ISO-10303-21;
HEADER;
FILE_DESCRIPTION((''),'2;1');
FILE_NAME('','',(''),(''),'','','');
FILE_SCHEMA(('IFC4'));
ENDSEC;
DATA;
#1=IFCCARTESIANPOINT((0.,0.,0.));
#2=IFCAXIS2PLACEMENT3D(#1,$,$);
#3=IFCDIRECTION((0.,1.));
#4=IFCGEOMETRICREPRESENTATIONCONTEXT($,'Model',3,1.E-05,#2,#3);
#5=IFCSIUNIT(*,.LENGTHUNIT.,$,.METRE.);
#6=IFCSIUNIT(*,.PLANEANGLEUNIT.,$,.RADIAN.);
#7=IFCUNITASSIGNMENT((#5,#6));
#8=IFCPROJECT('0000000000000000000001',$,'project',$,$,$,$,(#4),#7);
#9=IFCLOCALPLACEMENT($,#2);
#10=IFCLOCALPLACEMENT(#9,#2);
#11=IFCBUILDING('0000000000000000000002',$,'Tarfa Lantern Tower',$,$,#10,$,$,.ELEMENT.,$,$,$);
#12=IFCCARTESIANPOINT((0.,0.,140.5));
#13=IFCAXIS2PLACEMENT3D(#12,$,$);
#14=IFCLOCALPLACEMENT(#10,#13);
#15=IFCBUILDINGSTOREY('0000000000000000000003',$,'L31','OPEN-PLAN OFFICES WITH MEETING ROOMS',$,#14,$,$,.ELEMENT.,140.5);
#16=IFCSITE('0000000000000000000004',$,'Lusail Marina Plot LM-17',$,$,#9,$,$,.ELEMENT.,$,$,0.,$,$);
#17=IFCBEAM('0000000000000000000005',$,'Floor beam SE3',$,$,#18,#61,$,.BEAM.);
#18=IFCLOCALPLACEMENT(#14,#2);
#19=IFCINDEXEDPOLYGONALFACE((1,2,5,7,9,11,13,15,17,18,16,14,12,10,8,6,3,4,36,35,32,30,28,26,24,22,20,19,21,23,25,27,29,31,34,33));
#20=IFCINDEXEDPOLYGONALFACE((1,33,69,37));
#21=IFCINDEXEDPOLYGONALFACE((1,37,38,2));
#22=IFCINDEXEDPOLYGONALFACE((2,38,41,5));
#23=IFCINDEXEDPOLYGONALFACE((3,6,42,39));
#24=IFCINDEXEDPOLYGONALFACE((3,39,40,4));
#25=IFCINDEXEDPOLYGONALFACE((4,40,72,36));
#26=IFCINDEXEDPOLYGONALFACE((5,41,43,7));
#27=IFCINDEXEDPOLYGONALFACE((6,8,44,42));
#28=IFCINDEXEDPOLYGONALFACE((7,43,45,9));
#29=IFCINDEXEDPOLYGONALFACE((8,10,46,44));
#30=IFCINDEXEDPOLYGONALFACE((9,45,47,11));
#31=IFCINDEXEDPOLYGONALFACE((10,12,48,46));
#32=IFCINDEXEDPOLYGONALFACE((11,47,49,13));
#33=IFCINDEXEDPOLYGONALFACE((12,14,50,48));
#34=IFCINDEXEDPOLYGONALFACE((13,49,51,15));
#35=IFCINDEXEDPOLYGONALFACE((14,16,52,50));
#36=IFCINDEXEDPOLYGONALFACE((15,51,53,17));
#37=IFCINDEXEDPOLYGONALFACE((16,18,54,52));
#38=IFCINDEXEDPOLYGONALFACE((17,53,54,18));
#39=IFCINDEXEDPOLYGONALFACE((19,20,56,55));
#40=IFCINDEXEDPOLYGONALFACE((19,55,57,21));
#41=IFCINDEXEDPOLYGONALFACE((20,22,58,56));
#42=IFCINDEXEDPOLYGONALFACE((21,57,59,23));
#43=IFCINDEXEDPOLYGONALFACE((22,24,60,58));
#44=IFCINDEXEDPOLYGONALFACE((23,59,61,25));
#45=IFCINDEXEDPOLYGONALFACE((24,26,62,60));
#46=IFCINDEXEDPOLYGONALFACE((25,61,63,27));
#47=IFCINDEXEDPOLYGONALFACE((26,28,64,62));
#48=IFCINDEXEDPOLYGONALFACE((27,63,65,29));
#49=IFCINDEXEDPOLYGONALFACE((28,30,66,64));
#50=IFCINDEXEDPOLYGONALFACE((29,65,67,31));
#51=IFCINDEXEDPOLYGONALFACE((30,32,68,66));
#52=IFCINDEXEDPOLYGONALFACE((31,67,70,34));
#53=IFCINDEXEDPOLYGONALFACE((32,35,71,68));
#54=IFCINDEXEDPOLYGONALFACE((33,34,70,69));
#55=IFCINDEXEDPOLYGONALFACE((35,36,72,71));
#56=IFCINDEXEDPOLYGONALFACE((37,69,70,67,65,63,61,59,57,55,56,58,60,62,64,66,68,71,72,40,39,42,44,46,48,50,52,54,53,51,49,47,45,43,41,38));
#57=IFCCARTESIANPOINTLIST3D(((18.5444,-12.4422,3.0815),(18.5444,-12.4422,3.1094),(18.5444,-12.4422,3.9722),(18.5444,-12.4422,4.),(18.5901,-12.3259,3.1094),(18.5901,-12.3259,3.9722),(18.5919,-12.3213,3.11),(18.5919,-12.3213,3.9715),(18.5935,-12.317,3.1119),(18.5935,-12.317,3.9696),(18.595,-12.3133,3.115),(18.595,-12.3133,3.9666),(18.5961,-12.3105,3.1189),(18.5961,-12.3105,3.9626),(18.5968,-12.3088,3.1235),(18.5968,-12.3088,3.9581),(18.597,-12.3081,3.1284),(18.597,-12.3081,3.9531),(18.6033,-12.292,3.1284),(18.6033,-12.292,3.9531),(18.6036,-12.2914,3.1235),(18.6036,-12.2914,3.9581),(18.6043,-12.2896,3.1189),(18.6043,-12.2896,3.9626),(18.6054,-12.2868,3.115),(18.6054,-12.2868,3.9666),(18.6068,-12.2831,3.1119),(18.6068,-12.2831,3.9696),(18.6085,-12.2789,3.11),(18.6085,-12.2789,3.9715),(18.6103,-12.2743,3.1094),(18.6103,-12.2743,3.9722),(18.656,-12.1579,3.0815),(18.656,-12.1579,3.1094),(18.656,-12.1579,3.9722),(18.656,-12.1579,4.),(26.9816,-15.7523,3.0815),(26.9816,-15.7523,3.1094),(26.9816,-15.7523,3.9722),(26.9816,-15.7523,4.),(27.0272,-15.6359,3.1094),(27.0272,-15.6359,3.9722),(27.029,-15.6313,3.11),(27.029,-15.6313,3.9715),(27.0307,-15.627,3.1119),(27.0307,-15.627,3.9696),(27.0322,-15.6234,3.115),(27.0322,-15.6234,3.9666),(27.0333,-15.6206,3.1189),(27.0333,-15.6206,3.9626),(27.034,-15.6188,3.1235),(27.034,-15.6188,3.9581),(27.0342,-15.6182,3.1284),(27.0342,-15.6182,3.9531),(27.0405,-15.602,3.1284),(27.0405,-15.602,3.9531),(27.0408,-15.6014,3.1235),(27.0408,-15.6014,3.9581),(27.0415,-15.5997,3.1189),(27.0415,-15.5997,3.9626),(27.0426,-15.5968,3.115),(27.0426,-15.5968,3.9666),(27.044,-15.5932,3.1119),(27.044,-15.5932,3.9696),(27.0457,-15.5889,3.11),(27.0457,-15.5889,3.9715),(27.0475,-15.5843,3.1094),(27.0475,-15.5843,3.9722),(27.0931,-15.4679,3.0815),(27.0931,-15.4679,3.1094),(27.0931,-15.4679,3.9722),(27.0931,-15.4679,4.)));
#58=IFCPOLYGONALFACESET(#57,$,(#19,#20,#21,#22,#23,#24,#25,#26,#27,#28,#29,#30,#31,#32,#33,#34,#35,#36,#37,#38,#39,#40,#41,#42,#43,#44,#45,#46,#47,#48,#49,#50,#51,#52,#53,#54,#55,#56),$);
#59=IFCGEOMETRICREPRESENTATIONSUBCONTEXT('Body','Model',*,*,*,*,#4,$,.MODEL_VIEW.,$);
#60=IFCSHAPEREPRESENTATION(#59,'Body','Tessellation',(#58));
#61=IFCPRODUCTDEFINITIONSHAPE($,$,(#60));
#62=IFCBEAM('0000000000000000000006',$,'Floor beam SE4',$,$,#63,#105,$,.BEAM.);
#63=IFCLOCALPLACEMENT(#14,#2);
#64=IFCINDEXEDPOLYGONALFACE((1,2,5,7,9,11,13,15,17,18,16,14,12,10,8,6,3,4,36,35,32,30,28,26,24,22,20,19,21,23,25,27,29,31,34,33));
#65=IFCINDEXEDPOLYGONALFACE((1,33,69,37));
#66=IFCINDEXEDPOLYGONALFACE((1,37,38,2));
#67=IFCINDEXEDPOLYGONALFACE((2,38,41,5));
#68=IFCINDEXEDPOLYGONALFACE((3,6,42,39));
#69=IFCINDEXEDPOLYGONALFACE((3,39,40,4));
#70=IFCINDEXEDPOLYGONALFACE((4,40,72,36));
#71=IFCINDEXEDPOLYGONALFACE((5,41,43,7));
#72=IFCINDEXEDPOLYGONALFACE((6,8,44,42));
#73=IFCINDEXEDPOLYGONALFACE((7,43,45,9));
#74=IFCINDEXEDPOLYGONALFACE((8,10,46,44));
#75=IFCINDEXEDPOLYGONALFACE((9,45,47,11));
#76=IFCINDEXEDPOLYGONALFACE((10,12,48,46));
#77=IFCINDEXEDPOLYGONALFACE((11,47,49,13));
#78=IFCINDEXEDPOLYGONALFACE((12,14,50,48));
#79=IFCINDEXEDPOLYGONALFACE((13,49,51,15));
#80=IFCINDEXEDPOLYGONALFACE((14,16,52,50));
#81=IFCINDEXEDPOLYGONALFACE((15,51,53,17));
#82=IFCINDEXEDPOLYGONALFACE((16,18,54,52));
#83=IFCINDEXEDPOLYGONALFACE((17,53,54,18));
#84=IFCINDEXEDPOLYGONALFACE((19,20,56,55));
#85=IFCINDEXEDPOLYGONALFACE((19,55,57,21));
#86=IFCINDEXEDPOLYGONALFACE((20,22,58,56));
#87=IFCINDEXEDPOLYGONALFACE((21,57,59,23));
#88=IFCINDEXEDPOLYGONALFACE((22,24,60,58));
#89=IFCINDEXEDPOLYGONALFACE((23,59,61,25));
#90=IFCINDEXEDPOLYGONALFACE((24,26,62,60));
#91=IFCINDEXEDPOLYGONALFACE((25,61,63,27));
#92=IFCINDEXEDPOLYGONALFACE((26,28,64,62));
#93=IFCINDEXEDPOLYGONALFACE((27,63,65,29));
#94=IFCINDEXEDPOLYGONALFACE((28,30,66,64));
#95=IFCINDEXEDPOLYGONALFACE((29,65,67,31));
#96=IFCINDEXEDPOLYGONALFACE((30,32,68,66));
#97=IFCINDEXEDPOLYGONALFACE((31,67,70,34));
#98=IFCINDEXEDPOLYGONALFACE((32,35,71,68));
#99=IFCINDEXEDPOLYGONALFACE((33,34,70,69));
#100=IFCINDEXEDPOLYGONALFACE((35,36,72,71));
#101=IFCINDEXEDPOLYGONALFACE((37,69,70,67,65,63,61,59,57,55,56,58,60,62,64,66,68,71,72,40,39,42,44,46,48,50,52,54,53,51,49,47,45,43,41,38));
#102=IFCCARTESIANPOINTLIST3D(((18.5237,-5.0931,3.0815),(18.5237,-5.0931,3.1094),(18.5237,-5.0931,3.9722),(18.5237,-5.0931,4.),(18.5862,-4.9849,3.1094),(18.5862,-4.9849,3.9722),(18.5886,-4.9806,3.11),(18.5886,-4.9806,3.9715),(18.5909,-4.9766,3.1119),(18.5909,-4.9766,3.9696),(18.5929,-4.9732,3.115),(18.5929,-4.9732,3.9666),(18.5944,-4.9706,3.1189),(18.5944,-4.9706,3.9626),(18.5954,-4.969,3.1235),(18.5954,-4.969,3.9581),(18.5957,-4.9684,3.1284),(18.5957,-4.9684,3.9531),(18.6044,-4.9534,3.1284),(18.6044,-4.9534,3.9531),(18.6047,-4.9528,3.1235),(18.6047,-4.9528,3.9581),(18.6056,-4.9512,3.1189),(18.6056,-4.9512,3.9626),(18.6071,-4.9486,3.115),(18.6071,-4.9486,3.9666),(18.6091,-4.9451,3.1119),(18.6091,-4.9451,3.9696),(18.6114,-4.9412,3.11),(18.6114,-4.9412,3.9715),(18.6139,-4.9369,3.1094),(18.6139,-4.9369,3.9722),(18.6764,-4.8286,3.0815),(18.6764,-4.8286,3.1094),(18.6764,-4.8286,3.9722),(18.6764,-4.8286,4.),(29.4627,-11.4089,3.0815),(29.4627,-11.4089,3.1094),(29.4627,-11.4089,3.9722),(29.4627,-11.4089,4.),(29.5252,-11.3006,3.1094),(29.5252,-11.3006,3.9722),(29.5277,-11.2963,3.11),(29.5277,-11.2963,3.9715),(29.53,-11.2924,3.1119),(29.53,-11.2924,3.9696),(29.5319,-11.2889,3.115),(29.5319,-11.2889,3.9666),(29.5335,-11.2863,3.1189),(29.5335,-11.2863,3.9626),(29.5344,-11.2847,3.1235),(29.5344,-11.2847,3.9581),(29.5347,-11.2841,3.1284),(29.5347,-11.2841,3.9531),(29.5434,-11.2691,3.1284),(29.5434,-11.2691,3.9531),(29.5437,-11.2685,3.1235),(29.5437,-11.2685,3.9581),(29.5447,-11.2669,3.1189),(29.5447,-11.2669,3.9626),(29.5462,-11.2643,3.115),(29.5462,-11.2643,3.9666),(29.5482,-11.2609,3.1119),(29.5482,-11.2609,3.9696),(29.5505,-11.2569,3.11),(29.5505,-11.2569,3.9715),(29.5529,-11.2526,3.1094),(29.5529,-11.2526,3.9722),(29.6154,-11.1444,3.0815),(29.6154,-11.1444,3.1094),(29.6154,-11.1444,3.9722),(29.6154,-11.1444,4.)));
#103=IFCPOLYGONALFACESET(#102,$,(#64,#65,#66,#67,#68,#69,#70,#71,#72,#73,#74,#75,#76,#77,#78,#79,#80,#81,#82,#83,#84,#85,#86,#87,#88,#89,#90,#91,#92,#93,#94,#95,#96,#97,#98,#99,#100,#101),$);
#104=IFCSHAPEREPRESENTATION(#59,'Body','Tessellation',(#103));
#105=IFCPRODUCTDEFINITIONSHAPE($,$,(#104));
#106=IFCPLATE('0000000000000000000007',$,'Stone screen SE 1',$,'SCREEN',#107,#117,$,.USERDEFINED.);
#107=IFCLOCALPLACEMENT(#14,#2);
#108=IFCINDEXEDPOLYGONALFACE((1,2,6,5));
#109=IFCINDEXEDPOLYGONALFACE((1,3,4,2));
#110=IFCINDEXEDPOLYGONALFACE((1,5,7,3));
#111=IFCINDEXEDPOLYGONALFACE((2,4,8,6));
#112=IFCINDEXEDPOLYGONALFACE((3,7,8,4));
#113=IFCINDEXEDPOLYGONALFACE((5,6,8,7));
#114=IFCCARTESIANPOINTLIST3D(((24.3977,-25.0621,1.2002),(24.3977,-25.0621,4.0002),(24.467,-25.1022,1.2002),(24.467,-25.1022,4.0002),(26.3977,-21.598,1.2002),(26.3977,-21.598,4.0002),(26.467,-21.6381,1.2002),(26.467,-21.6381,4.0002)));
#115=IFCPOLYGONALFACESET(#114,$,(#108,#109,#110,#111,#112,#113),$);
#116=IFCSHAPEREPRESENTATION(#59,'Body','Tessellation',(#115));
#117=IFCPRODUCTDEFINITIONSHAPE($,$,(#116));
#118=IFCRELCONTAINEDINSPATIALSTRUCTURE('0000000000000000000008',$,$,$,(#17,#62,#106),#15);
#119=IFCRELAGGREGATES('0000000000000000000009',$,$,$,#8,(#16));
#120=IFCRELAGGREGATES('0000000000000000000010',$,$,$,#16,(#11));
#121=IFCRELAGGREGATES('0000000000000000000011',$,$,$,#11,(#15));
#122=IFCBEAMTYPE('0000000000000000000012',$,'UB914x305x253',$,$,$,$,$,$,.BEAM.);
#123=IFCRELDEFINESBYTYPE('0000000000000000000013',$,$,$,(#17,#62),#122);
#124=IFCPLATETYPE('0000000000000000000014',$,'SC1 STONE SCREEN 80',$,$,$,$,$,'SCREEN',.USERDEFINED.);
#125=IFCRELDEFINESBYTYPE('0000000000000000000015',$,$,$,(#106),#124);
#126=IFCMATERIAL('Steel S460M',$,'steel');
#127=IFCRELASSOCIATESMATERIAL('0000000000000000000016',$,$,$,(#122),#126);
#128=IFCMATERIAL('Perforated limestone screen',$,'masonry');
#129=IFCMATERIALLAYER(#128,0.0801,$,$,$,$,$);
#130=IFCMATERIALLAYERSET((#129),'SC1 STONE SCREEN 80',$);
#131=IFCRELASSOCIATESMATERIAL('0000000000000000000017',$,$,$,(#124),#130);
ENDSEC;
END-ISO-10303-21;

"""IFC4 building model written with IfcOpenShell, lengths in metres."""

from ifc_helpers import new_model, si_unit, direction, frame, origin, origin_2d, place, context, subcontext, project, spatial, rectangle, i_section, extrude, material, layer, layer_set, material_profile, profile_set, type_object, element, save


model = new_model("IFC4")

# Units and contexts
model_context = context("Model", 3, precision=1e-05, world=origin(), true_north=direction((0.0, 1.0)))
body_context = subcontext(model_context, "Body", "Model", "MODEL_VIEW")
ifc_project = project(units=[si_unit("LENGTHUNIT", "METRE"), si_unit("PLANEANGLEUNIT", "RADIAN")], contexts=[model_context])

# Site, building, storey
site_placement = place(None, origin())
site = spatial("IfcSite", under=ifc_project, at=site_placement, Name="Lusail Marina Plot LM-17", CompositionType="ELEMENT", RefElevation=0.0)
building_placement = place(site_placement, origin())
building = spatial("IfcBuilding", under=site, at=building_placement, Name="Tarfa Lantern Tower", CompositionType="ELEMENT")
storey_placement = place(building_placement, frame((0.0, 0.0, 140.5)))
storey = spatial("IfcBuildingStorey", under=building, at=storey_placement, Name="L31", Description="OPEN-PLAN OFFICES WITH MEETING ROOMS", CompositionType="ELEMENT", Elevation=140.5)

# Beams
ifc_material_1 = material(Name="Steel S460M", Category="steel")
ifc_material_profile_1 = material_profile(ifc_material_1, i_section(OverallWidth=0.3054, OverallDepth=0.9185, WebThickness=0.0173, FlangeThickness=0.0278, FilletRadius=0.019, at=origin_2d()), Name="UB914x305x253")
ifc_profile_set_1 = profile_set([ifc_material_profile_1], Name="Steel S460M")
beam_type_1 = type_object("IfcBeamType", Name="UB914x305x253", PredefinedType="BEAM", material=ifc_profile_set_1)
beam_1_placement = place(storey_placement, frame((27.0374, -15.6101, 3.5408), z_axis=(-0.930923, 0.365215, 0.0), x_axis=(-0.365215, -0.930923, 0.0)))
element("IfcBeam", 1, at=beam_1_placement, inside=storey, type_object=beam_type_1, Name="Floor beam SE3", PredefinedType="BEAM", context=body_context, shape_type="SweptSolid", body=[
    extrude(i_section(OverallWidth=0.3054, OverallDepth=0.9185, WebThickness=0.0173, FlangeThickness=0.0278, FilletRadius=0.019, at=origin_2d()), origin(), (0.0, 0.0, 1.0), 9.0632),
])
beam_2_placement = place(storey_placement, frame((29.5391, -11.2766, 3.5408), z_axis=(-0.866023, 0.500004, 0.0), x_axis=(-0.500004, -0.866023, 0.0)))
element("IfcBeam", 2, at=beam_2_placement, inside=storey, type_object=beam_type_1, Name="Floor beam SE4", PredefinedType="BEAM", context=body_context, shape_type="SweptSolid", body=[
    extrude(i_section(OverallWidth=0.3054, OverallDepth=0.9185, WebThickness=0.0173, FlangeThickness=0.0278, FilletRadius=0.019, at=origin_2d()), origin(), (0.0, 0.0, 1.0), 12.6313),
])

# Plate
ifc_material_2 = material(Name="Perforated limestone screen", Category="masonry")
ifc_layer_1 = layer(ifc_material_2, 0.0801)
ifc_layer_set_1 = layer_set([ifc_layer_1], Name="SC1 STONE SCREEN 80")
plate_type = type_object("IfcPlateType", Name="SC1 STONE SCREEN 80", ElementType="SCREEN", PredefinedType="USERDEFINED", material=ifc_layer_set_1)
plate_placement = place(storey_placement, frame((25.4324, -23.3501, 1.2002), z_axis=(0.0, 0.0, 1.0), x_axis=(0.5, 0.866025, 0.0)))
element("IfcPlate", 3, at=plate_placement, inside=storey, type_object=plate_type, Name="Stone screen SE 1", ObjectType="SCREEN", PredefinedType="USERDEFINED", context=body_context, shape_type="SweptSolid", body=[
    extrude(rectangle(XDim=4.0, YDim=0.0801, at=origin_2d()), origin(), (0.0, 0.0, 1.0), 2.8),
])

save(model, "model.ifc")
